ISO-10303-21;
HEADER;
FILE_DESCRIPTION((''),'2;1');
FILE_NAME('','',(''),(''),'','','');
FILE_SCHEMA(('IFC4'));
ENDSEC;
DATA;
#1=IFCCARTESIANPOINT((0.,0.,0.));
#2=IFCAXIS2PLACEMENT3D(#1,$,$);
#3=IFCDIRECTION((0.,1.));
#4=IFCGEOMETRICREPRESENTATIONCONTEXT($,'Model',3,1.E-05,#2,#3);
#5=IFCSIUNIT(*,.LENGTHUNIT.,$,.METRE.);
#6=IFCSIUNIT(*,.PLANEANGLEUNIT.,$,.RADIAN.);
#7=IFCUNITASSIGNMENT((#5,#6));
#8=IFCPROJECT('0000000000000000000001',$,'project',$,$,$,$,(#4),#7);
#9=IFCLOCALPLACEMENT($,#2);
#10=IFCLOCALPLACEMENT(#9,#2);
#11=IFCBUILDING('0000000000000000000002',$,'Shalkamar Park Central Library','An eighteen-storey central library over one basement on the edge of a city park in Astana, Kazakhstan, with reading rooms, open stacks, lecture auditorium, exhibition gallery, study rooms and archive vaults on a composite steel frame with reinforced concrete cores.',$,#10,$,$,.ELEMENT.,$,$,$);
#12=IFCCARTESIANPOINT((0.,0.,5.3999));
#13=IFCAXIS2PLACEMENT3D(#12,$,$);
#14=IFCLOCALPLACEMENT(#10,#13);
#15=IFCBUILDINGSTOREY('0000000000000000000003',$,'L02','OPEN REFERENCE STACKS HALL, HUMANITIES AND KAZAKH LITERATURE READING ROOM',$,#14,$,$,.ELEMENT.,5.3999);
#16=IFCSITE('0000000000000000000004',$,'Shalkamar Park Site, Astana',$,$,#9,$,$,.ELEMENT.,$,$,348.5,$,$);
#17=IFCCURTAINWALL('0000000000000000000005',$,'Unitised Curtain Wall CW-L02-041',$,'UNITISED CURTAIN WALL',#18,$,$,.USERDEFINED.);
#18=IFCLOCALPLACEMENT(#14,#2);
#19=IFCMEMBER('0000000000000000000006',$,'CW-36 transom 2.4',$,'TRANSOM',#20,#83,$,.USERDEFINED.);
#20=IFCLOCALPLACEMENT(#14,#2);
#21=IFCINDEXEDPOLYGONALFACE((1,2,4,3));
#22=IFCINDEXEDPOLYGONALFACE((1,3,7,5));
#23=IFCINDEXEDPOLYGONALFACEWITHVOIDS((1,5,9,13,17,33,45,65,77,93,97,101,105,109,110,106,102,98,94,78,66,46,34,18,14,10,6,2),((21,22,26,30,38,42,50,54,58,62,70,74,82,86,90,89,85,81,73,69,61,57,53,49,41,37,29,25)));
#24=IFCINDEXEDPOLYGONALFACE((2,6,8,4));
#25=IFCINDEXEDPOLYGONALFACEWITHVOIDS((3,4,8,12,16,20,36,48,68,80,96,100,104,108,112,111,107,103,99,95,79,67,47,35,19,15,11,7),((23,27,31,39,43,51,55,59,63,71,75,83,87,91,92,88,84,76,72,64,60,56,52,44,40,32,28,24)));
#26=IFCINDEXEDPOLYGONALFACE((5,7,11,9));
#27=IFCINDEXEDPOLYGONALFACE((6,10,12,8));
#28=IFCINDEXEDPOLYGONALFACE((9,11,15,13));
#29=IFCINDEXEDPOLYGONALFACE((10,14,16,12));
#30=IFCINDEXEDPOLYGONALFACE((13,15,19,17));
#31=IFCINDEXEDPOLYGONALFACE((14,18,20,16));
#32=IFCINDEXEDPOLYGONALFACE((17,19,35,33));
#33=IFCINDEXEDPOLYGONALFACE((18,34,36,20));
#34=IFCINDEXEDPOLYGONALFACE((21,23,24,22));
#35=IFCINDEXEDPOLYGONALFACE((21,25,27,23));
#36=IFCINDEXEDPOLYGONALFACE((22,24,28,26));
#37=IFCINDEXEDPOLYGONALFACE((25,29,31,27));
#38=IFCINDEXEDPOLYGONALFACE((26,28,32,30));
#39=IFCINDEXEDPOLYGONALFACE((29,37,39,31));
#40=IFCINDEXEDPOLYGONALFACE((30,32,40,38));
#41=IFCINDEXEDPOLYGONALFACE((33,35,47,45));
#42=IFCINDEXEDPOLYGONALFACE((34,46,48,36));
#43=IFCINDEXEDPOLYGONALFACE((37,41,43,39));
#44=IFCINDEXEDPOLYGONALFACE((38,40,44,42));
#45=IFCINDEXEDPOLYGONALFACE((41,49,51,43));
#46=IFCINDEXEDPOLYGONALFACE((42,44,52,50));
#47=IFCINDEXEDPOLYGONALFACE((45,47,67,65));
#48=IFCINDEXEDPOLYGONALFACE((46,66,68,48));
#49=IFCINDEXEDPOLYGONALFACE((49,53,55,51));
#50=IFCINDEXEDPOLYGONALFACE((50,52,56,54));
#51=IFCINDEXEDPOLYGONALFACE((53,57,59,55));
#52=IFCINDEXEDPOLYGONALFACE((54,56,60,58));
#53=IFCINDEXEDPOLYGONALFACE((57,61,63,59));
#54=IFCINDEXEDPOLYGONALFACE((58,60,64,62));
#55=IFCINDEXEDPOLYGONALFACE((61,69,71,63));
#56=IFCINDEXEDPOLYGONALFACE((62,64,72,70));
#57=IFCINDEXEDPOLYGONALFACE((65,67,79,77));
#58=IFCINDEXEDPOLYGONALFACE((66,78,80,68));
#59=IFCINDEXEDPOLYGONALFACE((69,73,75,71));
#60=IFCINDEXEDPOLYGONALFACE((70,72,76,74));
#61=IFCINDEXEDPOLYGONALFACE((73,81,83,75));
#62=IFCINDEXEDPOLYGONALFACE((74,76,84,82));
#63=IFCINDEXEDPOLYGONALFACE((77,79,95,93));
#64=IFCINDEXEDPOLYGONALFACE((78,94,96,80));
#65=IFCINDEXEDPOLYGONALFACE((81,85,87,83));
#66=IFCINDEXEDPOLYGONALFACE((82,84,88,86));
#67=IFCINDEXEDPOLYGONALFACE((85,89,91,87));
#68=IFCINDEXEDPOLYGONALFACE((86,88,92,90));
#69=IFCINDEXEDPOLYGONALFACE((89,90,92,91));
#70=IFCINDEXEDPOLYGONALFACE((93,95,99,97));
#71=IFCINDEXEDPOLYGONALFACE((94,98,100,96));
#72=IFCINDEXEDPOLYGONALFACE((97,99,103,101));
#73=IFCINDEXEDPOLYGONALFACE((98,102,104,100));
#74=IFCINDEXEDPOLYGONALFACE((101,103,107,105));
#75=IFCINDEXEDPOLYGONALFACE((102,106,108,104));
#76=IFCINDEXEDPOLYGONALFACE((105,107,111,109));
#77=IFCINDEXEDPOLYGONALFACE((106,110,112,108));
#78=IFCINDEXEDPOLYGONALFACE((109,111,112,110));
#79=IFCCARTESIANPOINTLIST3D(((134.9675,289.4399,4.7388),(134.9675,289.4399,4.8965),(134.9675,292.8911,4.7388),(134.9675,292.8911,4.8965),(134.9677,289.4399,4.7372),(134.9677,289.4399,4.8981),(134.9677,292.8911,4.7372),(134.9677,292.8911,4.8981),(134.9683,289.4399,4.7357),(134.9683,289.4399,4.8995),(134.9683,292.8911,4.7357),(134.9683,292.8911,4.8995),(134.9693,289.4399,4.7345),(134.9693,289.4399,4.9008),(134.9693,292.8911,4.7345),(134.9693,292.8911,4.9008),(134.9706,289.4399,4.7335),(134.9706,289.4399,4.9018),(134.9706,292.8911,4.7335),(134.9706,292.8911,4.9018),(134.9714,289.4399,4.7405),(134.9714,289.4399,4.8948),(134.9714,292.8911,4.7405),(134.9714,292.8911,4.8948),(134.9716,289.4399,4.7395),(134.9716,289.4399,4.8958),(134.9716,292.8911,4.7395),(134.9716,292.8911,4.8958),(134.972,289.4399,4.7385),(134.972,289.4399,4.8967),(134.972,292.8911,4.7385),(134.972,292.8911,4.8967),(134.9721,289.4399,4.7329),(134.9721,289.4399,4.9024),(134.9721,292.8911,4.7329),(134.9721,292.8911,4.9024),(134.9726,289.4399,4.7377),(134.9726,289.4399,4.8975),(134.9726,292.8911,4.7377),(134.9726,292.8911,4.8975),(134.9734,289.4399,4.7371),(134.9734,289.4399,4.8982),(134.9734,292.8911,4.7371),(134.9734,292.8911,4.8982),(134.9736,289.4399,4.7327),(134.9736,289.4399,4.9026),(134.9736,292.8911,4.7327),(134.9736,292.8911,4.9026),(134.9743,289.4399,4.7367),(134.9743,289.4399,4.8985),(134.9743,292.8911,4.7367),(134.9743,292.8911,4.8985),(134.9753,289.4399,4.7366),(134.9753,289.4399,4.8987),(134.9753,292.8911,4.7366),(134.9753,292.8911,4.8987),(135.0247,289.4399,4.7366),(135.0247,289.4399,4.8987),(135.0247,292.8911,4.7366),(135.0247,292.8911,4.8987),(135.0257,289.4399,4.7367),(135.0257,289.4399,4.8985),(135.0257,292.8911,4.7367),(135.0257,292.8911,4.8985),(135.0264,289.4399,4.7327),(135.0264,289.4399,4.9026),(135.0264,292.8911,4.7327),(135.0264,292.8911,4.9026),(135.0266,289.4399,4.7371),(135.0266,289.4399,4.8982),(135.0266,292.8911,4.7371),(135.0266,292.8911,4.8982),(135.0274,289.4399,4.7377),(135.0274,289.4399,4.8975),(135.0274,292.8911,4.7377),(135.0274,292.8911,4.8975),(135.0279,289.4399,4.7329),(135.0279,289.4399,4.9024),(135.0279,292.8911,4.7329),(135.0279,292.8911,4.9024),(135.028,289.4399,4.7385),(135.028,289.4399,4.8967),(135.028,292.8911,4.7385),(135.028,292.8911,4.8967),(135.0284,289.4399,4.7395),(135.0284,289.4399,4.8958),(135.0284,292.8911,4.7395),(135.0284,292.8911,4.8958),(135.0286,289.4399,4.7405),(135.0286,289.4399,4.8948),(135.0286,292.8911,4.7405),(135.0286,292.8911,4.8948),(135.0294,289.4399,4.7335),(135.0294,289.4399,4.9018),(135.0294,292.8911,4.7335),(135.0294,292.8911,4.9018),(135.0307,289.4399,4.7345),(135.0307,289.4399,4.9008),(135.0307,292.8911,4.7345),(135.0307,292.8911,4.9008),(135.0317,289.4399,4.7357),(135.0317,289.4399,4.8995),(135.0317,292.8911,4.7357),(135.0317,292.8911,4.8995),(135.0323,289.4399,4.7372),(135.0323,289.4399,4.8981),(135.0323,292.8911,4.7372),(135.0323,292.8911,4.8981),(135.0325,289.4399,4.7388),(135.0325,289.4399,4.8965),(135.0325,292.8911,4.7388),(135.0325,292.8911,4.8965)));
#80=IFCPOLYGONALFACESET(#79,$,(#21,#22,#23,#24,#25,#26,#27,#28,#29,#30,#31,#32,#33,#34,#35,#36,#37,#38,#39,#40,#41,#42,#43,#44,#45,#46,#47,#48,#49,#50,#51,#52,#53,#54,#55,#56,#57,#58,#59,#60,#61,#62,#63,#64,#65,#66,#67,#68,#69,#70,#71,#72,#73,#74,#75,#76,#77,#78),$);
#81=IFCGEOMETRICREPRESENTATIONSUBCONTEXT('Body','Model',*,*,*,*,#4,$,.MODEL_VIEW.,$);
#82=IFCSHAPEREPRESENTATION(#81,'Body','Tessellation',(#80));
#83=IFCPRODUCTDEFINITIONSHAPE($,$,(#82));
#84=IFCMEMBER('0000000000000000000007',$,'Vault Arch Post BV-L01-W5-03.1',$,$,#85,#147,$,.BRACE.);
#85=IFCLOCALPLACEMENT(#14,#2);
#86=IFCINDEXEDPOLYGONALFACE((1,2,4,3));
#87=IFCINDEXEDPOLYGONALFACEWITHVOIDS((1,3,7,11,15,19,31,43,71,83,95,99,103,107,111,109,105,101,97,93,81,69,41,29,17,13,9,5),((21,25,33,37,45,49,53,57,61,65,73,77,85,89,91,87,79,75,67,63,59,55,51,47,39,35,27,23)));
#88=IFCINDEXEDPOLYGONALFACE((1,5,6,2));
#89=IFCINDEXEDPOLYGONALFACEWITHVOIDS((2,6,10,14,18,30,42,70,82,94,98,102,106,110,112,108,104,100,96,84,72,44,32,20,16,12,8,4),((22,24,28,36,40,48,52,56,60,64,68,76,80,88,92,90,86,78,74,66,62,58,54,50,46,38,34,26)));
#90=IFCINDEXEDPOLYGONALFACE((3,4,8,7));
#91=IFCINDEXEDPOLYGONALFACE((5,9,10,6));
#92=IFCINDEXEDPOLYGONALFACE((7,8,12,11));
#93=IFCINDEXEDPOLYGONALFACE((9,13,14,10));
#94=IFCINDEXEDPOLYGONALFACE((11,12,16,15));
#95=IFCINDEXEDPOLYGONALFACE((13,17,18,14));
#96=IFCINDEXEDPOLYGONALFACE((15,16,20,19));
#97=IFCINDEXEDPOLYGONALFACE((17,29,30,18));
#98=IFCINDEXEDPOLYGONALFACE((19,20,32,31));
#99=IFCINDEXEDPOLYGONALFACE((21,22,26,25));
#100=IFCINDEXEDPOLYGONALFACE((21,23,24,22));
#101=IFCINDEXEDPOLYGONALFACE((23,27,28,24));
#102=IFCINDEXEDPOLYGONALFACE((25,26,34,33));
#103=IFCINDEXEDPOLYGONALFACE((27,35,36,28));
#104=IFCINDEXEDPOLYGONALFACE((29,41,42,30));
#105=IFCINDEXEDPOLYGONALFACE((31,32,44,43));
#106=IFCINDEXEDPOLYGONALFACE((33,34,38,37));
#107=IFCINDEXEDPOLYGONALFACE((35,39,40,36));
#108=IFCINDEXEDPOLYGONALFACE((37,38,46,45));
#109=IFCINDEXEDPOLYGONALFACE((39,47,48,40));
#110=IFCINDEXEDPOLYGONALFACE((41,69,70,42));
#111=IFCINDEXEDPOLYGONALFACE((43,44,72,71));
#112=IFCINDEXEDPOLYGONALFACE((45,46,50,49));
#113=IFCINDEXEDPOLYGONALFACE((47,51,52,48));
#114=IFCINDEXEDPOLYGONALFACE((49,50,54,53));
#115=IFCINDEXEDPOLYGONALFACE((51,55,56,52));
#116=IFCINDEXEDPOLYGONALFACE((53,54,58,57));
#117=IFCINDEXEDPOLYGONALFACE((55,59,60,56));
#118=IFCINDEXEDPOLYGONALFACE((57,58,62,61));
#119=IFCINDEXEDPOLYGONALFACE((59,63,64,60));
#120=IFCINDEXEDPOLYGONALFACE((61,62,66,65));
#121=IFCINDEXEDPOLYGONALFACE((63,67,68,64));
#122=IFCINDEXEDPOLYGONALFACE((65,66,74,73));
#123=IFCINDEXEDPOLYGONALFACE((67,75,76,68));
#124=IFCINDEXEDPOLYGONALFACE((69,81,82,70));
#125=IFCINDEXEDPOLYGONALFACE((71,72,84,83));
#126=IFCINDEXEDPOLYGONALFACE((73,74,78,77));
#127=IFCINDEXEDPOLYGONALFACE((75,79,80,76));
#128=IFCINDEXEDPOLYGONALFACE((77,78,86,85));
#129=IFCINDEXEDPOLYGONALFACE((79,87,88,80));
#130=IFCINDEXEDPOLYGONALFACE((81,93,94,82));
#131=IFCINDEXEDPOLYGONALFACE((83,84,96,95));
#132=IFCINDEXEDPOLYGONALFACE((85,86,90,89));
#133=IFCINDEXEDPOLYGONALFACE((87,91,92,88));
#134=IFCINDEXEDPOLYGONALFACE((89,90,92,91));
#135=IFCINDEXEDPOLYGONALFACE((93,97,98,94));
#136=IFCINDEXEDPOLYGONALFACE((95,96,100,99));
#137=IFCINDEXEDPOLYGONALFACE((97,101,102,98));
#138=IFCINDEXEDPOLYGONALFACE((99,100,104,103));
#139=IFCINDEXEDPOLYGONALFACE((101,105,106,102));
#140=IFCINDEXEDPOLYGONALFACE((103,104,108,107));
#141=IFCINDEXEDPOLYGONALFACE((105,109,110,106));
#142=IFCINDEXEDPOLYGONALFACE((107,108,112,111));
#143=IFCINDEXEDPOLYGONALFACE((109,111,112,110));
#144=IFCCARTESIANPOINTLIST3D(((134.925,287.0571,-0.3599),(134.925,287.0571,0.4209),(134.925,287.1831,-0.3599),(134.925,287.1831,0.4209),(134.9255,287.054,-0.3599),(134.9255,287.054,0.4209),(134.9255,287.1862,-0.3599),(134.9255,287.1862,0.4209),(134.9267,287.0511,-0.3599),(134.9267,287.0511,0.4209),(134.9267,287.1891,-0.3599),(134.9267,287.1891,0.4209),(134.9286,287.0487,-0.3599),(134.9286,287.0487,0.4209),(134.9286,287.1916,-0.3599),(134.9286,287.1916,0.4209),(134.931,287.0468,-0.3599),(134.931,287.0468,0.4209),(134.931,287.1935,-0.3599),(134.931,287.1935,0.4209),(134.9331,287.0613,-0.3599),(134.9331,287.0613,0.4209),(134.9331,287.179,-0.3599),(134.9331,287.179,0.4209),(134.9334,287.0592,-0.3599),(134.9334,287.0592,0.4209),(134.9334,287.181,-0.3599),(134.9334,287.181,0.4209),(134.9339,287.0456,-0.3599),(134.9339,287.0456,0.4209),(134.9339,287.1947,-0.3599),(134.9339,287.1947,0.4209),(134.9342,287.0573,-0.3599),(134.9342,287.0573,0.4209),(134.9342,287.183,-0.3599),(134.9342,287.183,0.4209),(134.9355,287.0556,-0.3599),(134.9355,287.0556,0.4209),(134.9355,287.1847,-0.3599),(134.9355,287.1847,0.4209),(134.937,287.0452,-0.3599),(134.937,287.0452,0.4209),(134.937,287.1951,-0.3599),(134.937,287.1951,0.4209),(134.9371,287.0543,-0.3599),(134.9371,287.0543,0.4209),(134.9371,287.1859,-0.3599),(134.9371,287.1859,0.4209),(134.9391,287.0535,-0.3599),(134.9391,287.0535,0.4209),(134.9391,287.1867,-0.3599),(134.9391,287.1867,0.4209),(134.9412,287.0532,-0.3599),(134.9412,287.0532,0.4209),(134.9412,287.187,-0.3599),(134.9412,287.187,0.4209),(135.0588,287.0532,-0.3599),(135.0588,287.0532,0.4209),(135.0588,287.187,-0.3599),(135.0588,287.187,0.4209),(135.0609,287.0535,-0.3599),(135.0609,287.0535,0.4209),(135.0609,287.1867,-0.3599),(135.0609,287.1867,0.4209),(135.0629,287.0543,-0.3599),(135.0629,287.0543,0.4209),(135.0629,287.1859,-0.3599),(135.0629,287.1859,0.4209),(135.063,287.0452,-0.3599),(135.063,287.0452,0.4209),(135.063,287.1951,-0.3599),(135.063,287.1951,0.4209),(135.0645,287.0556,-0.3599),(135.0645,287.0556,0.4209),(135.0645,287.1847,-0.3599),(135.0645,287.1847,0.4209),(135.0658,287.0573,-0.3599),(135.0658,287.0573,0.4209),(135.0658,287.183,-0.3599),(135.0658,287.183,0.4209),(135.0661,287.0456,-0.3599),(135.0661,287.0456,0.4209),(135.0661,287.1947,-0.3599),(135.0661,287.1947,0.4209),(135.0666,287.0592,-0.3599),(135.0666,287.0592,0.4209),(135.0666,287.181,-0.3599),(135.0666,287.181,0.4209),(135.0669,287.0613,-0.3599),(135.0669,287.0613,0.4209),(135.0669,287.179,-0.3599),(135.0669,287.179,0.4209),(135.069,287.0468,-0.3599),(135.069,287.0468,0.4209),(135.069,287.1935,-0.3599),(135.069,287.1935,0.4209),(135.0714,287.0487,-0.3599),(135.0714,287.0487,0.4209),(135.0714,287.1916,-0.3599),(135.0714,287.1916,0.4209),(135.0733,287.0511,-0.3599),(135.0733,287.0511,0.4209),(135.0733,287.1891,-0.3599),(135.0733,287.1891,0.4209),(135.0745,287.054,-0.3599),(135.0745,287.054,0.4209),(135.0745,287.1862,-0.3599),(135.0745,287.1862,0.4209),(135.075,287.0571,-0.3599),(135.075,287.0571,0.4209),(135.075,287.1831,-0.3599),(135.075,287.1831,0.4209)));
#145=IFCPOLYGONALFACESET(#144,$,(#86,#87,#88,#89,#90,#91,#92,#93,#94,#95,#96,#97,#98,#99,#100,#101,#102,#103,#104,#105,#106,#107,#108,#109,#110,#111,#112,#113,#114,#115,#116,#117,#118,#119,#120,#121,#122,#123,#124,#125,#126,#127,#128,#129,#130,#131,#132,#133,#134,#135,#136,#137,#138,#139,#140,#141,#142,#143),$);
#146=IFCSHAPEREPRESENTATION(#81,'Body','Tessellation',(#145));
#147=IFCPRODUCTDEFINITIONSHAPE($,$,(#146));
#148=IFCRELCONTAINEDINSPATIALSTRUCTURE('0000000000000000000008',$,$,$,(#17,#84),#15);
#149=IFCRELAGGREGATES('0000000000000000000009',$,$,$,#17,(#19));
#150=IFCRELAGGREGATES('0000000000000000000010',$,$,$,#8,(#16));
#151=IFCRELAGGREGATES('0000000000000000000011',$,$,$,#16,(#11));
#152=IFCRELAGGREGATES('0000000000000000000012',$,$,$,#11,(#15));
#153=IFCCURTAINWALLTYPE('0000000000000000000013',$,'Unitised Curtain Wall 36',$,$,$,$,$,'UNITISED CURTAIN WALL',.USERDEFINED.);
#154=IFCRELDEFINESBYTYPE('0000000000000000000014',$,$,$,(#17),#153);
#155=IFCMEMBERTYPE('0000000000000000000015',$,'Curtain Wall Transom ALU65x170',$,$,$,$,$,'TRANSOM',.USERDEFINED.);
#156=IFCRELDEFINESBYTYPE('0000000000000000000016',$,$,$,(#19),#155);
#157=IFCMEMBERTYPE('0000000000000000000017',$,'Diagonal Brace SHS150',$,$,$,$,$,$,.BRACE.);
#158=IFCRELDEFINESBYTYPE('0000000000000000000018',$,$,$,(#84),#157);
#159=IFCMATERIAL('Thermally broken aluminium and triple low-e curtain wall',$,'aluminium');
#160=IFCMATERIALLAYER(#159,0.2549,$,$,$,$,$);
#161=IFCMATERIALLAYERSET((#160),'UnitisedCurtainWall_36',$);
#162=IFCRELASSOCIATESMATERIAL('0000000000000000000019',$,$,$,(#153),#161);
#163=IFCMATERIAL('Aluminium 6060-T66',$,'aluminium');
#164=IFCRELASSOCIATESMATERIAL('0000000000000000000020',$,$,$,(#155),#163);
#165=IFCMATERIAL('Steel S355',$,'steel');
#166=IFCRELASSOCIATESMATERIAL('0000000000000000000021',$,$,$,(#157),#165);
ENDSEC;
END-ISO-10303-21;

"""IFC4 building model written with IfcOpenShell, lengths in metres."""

from ifc_helpers import new_model, si_unit, direction, frame, origin, origin_2d, place, context, subcontext, project, spatial, hollow_rectangle, extrude, material, layer, layer_set, material_profile, profile_set, type_object, element, aggregate, save


model = new_model("IFC4")

# Units and contexts
model_context = context("Model", 3, precision=1e-05, world=origin(), true_north=direction((0.0, 1.0)))
body_context = subcontext(model_context, "Body", "Model", "MODEL_VIEW")
ifc_project = project(units=[si_unit("LENGTHUNIT", "METRE"), si_unit("PLANEANGLEUNIT", "RADIAN")], contexts=[model_context])

# Site, building, storey
site_placement = place(None, origin())
site = spatial("IfcSite", under=ifc_project, at=site_placement, Name="Shalkamar Park Site, Astana", CompositionType="ELEMENT", RefElevation=348.5)
building_placement = place(site_placement, origin())
building = spatial("IfcBuilding", under=site, at=building_placement, Name="Shalkamar Park Central Library", Description="An eighteen-storey central library over one basement on the edge of a city park in Astana, Kazakhstan, with reading rooms, open stacks, lecture auditorium, exhibition gallery, study rooms and archive vaults on a composite steel frame with reinforced concrete cores.", CompositionType="ELEMENT")
storey_placement = place(building_placement, frame((0.0, 0.0, 5.3999)))
storey = spatial("IfcBuildingStorey", under=building, at=storey_placement, Name="L02", Description="OPEN REFERENCE STACKS HALL, HUMANITIES AND KAZAKH LITERATURE READING ROOM", CompositionType="ELEMENT", Elevation=5.3999)

# Shared definitions
ifc_material_1 = material(Name="Steel S355", Category="steel")

# Curtain wall, member
ifc_material_2 = material(Name="Thermally broken aluminium and triple low-e curtain wall", Category="aluminium")
ifc_layer_1 = layer(ifc_material_2, 0.2549)
ifc_layer_set_1 = layer_set([ifc_layer_1], Name="UnitisedCurtainWall_36")
curtain_wall_type = type_object("IfcCurtainWallType", Name="Unitised Curtain Wall 36", ElementType="UNITISED CURTAIN WALL", PredefinedType="USERDEFINED", material=ifc_layer_set_1)
curtain_wall_placement = place(storey_placement, origin())
curtain_wall = element("IfcCurtainWall", 1, at=curtain_wall_placement, inside=storey, type_object=curtain_wall_type, Name="Unitised Curtain Wall CW-L02-041", ObjectType="UNITISED CURTAIN WALL", PredefinedType="USERDEFINED")
ifc_material_3 = material(Name="Aluminium 6060-T66", Category="aluminium")
ifc_material_profile_1 = material_profile(ifc_material_3, hollow_rectangle(XDim=0.0649, YDim=0.1699, WallThickness=0.0039, InnerFilletRadius=0.0039, OuterFilletRadius=0.0061, at=origin_2d()), Name="ALU 65x170x4")
ifc_profile_set_1 = profile_set([ifc_material_profile_1], Name="Aluminium 6060-T66")
member_type_1 = type_object("IfcMemberType", Name="Curtain Wall Transom ALU65x170", ElementType="TRANSOM", PredefinedType="USERDEFINED", material=ifc_profile_set_1)
member_1_placement = place(storey_placement, frame((135.0, 289.4399, 4.8176), z_axis=(0.0, 1.0, 0.0), x_axis=(-1.0, 0.0, 0.0)))
member_1 = element("IfcMember", 2, at=member_1_placement, type_object=member_type_1, Name="CW-36 transom 2.4", ObjectType="TRANSOM", PredefinedType="USERDEFINED", context=body_context, shape_type="SweptSolid", body=[
    extrude(hollow_rectangle(XDim=0.0649, YDim=0.1699, WallThickness=0.0039, InnerFilletRadius=0.0039, OuterFilletRadius=0.0061, at=origin_2d()), origin(), (0.0, 0.0, 1.0), 3.4512),
])

# Member
ifc_material_profile_2 = material_profile(ifc_material_1, hollow_rectangle(XDim=0.1499, YDim=0.1499, WallThickness=0.0081, InnerFilletRadius=0.0081, OuterFilletRadius=0.012, at=origin_2d()), Name="SHS 150x150x8")
ifc_profile_set_2 = profile_set([ifc_material_profile_2], Name="Steel S355")
member_type_2 = type_object("IfcMemberType", Name="Diagonal Brace SHS150", PredefinedType="BRACE", material=ifc_profile_set_2)
member_2_placement = place(storey_placement, frame((135.0, 287.1201, -0.3599), z_axis=(0.0, 0.0, 1.0), x_axis=(1.0, 0.0, 0.0)))
element("IfcMember", 3, at=member_2_placement, inside=storey, type_object=member_type_2, Name="Vault Arch Post BV-L01-W5-03.1", PredefinedType="BRACE", context=body_context, shape_type="SweptSolid", body=[
    extrude(hollow_rectangle(XDim=0.1499, YDim=0.1499, WallThickness=0.0081, InnerFilletRadius=0.0081, OuterFilletRadius=0.012, at=origin_2d()), origin(), (0.0, 0.0, 1.0), 0.7808),
])

aggregate(curtain_wall, [member_1])

save(model, "model.ifc")
